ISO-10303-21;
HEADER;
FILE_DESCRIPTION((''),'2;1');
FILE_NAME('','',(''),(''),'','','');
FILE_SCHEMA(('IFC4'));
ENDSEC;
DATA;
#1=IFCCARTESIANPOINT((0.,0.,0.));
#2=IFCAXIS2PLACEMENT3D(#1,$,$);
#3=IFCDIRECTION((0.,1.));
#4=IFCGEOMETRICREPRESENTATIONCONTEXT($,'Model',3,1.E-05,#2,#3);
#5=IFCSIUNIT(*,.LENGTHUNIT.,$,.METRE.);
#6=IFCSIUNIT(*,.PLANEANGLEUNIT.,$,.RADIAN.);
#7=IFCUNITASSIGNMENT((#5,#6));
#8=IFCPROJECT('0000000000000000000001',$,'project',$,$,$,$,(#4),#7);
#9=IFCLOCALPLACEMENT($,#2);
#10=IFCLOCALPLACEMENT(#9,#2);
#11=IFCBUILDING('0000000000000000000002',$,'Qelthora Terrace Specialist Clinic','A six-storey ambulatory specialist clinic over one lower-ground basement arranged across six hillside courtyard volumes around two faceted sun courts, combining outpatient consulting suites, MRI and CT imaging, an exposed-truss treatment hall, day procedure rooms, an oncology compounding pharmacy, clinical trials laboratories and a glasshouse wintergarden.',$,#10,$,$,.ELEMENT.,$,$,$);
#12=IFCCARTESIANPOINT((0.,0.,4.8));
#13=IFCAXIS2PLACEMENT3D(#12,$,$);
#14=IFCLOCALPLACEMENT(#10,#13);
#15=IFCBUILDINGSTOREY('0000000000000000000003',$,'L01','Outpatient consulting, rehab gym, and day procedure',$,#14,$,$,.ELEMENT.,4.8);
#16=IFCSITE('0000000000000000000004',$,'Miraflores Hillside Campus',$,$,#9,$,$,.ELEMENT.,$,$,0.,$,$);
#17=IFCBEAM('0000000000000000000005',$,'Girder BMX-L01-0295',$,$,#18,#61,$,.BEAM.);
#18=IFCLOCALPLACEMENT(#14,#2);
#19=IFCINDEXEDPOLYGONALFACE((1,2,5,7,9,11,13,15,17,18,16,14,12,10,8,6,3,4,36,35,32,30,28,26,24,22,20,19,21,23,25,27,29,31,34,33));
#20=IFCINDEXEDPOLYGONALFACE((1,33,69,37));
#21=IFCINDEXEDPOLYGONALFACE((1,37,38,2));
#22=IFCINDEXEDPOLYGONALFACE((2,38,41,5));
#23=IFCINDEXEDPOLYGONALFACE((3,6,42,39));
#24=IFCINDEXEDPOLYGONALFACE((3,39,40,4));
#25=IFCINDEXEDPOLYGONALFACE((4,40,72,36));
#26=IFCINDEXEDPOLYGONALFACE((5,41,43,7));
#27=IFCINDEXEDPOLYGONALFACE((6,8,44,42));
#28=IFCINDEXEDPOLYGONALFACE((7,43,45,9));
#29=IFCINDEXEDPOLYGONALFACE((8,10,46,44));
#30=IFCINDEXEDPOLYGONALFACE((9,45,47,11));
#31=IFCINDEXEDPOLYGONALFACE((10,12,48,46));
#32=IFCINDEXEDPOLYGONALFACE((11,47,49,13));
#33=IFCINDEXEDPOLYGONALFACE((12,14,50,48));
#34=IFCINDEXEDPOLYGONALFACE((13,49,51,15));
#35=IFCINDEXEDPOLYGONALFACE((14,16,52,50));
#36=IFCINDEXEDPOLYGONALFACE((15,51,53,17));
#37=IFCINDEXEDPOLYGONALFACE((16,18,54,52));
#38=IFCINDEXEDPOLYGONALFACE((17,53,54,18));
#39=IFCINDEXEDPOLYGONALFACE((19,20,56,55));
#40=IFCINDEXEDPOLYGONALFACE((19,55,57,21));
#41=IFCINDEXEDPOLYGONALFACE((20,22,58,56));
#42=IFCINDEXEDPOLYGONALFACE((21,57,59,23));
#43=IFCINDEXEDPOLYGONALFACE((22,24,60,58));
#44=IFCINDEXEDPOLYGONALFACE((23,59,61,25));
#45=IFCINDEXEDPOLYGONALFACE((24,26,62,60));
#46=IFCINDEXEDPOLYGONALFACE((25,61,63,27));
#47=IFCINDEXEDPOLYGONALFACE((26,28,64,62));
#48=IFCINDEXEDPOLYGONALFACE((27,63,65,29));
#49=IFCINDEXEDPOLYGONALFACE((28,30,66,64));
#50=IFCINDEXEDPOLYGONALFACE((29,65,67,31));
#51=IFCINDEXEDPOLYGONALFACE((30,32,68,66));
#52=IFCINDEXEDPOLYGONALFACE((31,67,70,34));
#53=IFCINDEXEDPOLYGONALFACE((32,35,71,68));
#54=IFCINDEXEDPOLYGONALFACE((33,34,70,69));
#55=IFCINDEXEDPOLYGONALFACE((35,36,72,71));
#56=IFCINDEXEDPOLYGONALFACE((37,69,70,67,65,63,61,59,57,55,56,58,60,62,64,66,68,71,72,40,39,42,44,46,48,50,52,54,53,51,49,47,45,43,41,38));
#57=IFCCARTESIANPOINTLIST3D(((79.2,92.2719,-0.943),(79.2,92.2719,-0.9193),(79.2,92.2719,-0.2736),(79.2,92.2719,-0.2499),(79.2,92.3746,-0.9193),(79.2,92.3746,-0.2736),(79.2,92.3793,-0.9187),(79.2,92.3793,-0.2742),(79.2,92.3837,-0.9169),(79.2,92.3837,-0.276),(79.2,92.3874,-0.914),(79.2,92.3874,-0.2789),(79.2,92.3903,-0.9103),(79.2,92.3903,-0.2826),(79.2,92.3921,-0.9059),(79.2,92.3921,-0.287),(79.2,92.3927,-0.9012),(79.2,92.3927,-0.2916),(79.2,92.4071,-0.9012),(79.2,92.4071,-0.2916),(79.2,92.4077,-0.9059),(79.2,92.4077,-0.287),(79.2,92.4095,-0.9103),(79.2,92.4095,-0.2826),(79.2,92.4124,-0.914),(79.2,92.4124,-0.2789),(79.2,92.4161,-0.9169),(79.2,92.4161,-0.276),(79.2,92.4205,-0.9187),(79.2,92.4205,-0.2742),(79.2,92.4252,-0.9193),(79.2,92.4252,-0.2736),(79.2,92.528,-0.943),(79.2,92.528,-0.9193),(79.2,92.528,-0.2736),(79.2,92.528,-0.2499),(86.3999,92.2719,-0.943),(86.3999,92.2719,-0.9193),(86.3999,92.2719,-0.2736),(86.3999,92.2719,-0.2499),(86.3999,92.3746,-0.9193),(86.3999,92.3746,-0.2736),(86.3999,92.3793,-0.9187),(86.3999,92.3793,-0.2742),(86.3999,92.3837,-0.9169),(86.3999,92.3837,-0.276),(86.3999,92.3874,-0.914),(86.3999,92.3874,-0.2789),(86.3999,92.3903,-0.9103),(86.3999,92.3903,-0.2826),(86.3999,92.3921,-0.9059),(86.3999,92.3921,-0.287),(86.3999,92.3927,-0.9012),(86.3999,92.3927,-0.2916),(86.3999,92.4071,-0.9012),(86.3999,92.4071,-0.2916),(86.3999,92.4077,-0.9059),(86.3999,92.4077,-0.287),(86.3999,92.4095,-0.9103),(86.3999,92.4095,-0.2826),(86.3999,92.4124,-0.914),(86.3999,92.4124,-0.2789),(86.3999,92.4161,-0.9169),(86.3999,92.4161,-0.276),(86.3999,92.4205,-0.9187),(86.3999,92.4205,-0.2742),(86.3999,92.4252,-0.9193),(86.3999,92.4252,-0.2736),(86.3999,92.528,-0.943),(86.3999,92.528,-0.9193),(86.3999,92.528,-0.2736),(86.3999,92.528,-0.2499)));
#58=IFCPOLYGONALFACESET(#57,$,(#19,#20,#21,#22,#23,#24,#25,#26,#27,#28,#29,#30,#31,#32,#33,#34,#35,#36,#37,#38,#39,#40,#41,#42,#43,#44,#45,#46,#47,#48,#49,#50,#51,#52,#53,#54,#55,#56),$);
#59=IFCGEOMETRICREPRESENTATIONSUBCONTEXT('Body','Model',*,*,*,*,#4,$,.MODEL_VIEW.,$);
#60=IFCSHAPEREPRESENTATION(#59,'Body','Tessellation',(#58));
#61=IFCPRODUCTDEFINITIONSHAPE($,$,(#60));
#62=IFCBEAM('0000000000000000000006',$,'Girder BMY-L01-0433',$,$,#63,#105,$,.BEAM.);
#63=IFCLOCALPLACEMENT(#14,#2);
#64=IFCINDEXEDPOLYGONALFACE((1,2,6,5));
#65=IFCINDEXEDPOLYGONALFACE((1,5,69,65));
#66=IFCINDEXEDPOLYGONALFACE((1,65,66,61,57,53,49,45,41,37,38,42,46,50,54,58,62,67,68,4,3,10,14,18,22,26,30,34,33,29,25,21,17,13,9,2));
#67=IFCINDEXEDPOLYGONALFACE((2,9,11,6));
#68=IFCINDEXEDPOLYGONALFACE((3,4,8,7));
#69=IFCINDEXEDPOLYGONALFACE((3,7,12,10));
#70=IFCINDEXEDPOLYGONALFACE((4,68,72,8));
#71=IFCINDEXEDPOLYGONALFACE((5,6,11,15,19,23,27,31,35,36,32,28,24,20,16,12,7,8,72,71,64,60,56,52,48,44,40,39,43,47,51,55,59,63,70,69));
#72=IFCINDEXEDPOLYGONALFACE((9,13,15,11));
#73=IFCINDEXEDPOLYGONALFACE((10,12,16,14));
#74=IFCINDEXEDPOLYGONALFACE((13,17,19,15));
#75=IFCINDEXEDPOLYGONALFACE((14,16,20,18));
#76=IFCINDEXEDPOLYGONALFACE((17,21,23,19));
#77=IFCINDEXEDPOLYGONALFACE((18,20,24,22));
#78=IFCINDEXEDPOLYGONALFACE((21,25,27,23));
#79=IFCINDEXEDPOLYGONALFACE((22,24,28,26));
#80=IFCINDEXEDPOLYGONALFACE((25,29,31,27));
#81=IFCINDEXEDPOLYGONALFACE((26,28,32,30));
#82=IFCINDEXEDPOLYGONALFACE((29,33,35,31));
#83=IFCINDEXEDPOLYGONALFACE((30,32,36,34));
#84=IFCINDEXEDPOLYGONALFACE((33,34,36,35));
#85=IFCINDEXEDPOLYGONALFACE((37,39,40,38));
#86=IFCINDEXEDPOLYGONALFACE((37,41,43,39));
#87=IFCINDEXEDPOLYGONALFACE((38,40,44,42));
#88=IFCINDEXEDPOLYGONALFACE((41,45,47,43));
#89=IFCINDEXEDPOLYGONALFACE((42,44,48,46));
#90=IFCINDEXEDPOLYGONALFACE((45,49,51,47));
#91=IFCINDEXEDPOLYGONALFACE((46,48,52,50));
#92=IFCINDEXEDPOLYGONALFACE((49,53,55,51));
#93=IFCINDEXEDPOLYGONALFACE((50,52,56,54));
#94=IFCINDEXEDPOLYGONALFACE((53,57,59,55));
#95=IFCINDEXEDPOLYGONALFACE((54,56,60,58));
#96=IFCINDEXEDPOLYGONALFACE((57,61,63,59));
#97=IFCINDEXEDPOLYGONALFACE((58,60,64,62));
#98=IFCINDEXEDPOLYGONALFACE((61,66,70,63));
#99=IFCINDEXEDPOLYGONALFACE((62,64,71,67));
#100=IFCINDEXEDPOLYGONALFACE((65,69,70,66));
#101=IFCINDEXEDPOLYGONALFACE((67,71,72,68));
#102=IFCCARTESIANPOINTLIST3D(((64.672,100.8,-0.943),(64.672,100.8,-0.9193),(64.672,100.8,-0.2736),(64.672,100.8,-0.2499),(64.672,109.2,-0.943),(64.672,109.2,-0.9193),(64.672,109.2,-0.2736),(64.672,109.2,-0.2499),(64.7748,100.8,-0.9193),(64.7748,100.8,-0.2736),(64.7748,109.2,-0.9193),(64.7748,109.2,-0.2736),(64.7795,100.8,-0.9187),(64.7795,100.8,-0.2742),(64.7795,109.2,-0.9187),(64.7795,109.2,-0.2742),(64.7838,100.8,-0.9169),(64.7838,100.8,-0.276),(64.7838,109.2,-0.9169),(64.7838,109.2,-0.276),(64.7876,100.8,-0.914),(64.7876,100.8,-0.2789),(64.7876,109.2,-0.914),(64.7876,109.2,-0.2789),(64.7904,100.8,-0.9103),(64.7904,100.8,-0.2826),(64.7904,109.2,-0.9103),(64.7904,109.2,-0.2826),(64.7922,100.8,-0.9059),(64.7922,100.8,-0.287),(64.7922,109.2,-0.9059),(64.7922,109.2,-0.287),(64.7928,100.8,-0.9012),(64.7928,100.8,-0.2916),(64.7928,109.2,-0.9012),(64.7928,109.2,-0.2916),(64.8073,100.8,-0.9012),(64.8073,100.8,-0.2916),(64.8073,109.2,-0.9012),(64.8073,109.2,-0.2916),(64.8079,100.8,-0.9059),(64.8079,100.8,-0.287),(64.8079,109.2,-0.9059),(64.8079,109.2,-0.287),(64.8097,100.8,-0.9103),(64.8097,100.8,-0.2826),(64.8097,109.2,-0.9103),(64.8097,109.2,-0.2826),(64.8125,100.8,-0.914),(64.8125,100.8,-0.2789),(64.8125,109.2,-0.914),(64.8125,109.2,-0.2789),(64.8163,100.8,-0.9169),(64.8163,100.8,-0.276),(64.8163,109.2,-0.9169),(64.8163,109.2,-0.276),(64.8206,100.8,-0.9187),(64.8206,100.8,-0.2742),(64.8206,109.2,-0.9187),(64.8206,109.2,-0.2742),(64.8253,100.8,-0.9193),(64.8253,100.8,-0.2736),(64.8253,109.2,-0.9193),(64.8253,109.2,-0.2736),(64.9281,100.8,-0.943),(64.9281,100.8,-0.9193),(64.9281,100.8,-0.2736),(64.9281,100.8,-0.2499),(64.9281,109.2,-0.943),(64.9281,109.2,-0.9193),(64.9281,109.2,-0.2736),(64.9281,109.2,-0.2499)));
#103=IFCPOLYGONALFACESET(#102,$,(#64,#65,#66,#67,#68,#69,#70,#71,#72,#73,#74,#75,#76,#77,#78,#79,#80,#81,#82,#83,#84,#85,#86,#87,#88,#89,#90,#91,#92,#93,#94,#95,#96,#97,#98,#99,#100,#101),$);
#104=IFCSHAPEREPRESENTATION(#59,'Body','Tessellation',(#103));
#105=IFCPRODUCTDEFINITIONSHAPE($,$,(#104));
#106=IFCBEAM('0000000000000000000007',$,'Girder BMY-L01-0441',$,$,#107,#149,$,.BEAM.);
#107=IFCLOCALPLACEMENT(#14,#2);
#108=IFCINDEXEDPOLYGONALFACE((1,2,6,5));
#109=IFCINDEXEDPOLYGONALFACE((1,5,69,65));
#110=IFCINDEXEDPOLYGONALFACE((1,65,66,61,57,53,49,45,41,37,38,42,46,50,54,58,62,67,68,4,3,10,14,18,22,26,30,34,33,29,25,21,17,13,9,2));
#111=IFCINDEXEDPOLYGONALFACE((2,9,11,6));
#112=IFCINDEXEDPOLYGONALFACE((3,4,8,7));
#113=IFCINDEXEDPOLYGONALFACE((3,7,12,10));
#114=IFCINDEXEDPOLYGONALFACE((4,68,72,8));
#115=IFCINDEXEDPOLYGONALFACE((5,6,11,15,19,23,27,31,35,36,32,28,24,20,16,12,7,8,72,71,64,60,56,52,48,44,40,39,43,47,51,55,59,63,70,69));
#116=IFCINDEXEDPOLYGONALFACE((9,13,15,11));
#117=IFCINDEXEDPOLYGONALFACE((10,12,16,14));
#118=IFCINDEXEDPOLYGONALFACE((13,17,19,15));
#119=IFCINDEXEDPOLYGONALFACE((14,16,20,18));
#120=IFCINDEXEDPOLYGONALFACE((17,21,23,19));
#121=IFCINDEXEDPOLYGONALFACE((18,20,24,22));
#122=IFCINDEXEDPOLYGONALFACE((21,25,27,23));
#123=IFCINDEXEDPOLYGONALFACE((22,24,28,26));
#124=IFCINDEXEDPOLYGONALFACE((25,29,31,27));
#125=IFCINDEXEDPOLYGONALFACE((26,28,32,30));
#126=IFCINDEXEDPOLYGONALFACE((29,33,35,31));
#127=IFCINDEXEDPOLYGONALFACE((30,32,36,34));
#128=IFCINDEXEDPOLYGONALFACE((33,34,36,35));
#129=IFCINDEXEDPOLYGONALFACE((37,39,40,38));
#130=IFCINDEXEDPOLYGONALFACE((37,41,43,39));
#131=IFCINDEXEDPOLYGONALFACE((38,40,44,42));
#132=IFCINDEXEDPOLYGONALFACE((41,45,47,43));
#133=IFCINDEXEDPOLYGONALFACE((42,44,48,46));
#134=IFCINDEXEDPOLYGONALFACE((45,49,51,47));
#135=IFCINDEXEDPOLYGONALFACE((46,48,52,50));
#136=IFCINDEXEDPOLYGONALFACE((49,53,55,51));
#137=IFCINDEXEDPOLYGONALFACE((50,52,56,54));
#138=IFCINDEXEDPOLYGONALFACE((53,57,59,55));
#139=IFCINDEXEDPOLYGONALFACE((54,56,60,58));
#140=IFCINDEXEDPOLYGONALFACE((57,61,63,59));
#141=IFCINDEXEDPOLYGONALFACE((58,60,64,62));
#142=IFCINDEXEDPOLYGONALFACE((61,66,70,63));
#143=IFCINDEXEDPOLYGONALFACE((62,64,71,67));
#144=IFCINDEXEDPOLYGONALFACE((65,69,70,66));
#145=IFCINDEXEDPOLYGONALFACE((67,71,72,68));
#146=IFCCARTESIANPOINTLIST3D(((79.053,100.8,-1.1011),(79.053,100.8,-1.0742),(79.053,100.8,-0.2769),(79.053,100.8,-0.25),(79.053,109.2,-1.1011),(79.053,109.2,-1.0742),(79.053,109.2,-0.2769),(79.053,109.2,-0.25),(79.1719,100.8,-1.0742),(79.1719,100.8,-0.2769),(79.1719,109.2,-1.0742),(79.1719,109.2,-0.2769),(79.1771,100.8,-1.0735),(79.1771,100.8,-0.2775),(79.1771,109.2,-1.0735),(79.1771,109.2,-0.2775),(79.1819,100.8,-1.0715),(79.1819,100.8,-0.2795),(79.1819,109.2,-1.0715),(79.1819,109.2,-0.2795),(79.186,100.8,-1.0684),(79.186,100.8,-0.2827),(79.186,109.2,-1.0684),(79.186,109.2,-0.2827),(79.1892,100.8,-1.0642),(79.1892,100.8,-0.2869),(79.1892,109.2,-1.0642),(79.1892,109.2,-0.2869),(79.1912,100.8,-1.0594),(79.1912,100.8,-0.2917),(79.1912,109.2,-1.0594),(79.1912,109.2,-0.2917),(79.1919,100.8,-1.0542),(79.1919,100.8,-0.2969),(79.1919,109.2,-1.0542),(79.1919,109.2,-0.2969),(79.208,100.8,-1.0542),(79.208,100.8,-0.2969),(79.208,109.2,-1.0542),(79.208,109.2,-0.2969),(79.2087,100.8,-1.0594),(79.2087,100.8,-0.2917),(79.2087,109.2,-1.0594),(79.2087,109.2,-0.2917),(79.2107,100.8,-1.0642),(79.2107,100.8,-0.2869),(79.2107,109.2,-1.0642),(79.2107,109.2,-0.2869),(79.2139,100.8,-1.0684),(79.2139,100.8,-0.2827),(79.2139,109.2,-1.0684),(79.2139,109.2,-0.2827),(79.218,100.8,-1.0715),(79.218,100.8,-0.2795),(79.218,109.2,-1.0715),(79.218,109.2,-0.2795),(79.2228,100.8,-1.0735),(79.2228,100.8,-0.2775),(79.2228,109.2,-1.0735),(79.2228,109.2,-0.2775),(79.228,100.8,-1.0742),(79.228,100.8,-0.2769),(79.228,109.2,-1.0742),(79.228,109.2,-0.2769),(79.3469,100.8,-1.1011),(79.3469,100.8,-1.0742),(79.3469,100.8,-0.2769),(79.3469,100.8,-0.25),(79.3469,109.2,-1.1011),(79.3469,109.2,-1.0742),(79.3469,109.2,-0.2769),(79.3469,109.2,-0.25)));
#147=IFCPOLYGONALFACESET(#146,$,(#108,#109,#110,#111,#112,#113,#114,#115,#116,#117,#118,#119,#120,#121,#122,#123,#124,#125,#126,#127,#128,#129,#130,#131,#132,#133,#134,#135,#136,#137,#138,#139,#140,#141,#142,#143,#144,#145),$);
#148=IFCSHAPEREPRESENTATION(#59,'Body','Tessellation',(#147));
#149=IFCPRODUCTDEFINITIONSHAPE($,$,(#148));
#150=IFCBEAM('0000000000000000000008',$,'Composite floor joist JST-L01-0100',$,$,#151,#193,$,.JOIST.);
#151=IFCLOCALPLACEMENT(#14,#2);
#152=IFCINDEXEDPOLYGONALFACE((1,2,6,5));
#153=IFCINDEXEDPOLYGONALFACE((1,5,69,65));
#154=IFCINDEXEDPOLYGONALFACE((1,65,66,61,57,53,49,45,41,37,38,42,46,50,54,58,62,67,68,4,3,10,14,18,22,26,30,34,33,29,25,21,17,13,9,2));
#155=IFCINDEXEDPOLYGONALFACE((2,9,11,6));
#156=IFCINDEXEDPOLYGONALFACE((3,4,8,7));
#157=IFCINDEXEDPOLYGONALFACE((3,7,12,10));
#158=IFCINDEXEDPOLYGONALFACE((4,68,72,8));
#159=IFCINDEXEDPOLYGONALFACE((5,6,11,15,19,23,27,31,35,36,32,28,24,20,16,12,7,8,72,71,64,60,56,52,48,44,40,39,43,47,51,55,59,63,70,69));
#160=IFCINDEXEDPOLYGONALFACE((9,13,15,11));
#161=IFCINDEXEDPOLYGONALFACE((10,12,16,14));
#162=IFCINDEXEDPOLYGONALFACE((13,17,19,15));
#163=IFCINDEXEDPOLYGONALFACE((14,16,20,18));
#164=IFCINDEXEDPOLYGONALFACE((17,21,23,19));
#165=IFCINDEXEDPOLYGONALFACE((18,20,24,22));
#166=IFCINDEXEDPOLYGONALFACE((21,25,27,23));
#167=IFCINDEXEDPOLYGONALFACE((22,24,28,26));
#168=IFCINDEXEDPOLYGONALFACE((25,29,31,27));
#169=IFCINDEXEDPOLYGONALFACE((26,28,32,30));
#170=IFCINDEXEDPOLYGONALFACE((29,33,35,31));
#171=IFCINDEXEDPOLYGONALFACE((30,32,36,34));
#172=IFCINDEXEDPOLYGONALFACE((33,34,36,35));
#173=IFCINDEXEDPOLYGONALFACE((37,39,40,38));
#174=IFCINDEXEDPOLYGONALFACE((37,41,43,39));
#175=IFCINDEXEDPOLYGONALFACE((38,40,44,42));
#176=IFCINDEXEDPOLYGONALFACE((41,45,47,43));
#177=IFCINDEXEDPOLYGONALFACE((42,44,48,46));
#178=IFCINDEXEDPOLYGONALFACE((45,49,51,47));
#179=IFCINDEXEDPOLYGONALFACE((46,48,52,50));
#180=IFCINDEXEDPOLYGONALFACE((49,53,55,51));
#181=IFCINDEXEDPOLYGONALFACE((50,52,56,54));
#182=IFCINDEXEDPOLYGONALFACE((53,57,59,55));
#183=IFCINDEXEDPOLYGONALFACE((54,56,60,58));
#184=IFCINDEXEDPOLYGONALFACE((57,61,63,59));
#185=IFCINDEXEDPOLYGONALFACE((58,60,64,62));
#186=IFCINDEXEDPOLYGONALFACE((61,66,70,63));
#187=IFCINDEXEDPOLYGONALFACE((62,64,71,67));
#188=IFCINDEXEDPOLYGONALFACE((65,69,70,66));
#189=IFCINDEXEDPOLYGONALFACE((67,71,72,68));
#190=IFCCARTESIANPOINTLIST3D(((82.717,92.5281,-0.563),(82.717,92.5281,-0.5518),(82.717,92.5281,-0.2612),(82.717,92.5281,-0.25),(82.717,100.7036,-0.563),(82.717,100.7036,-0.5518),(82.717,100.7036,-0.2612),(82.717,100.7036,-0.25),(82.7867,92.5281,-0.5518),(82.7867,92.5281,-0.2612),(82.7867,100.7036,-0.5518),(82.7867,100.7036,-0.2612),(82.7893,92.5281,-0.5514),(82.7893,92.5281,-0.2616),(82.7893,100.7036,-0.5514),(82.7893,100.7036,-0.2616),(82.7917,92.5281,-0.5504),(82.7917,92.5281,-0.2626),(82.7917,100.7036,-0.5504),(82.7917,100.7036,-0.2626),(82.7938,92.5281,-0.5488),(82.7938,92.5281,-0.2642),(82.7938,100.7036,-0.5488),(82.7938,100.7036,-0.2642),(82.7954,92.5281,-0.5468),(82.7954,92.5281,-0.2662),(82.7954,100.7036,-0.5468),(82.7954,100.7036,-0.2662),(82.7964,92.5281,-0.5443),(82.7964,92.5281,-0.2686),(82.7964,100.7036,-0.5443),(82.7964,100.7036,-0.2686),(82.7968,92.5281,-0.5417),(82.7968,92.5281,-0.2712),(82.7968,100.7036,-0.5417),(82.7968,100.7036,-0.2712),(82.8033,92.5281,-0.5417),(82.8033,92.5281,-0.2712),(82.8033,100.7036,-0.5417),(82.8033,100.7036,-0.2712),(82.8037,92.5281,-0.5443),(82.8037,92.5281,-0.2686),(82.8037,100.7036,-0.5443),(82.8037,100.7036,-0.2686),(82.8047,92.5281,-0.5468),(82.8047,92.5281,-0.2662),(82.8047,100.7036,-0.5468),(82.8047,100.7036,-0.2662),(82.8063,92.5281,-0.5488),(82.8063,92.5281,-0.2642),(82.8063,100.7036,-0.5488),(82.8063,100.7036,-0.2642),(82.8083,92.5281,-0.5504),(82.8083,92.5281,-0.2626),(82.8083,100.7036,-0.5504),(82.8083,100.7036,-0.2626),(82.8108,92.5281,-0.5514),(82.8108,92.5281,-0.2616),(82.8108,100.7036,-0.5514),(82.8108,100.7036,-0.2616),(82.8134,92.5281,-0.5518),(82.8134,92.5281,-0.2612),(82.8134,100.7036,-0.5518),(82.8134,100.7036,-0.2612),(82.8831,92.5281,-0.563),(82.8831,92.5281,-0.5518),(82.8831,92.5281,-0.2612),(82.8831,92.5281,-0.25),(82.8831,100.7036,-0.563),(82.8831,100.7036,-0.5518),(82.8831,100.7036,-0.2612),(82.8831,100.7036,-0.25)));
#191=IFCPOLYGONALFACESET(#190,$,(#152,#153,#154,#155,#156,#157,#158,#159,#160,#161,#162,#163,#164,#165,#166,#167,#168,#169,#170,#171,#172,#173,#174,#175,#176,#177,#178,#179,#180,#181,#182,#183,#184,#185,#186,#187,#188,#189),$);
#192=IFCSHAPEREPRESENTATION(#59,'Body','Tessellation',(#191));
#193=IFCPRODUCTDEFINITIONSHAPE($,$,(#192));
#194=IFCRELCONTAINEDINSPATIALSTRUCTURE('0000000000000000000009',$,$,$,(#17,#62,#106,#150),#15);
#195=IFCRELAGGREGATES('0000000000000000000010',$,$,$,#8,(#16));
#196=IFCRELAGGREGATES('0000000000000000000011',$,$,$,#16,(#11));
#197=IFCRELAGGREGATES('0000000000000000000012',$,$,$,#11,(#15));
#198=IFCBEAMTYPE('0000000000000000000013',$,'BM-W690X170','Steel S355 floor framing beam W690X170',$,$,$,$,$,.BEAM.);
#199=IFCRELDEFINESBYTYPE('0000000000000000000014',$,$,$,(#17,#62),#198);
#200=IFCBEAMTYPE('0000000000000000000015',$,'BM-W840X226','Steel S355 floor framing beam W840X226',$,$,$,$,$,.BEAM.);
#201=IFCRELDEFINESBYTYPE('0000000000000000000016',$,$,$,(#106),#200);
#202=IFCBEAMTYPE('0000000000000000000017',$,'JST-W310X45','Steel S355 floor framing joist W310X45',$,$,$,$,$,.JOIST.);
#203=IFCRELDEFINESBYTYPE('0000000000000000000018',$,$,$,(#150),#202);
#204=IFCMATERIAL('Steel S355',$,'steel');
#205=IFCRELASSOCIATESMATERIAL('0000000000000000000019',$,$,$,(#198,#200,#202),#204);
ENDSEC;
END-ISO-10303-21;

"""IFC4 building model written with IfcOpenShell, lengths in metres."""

from ifc_helpers import new_model, si_unit, direction, frame, origin, origin_2d, place, context, subcontext, project, spatial, i_section, extrude, material, material_profile, profile_set, type_object, element, save


model = new_model("IFC4")

# Units and contexts
model_context = context("Model", 3, precision=1e-05, world=origin(), true_north=direction((0.0, 1.0)))
body_context = subcontext(model_context, "Body", "Model", "MODEL_VIEW")
ifc_project = project(units=[si_unit("LENGTHUNIT", "METRE"), si_unit("PLANEANGLEUNIT", "RADIAN")], contexts=[model_context])

# Site, building, storey
site_placement = place(None, origin())
site = spatial("IfcSite", under=ifc_project, at=site_placement, Name="Miraflores Hillside Campus", CompositionType="ELEMENT", RefElevation=0.0)
building_placement = place(site_placement, origin())
building = spatial("IfcBuilding", under=site, at=building_placement, Name="Qelthora Terrace Specialist Clinic", Description="A six-storey ambulatory specialist clinic over one lower-ground basement arranged across six hillside courtyard volumes around two faceted sun courts, combining outpatient consulting suites, MRI and CT imaging, an exposed-truss treatment hall, day procedure rooms, an oncology compounding pharmacy, clinical trials laboratories and a glasshouse wintergarden.", CompositionType="ELEMENT")
storey_placement = place(building_placement, frame((0.0, 0.0, 4.8)))
storey = spatial("IfcBuildingStorey", under=building, at=storey_placement, Name="L01", Description="Outpatient consulting, rehab gym, and day procedure", CompositionType="ELEMENT", Elevation=4.8)

# Shared definitions
ifc_material_1 = material(Name="Steel S355", Category="steel")

# Beams
ifc_material_profile_1 = material_profile(ifc_material_1, i_section(OverallWidth=0.2561, OverallDepth=0.6931, WebThickness=0.0144, FlangeThickness=0.0237, FilletRadius=0.0181, at=origin_2d()), Name="W690X170")
ifc_profile_set_1 = profile_set([ifc_material_profile_1], Name="Steel S355")
beam_type_1 = type_object("IfcBeamType", Name="BM-W690X170", Description="Steel S355 floor framing beam W690X170", PredefinedType="BEAM", material=ifc_profile_set_1)
beam_1_placement = place(storey_placement, frame((79.2, 92.3999, -0.5964), z_axis=(1.0, 0.0, 0.0), x_axis=(0.0, 1.0, 0.0)))
element("IfcBeam", 1, at=beam_1_placement, inside=storey, type_object=beam_type_1, Name="Girder BMX-L01-0295", PredefinedType="BEAM", context=body_context, shape_type="SweptSolid", body=[
    extrude(i_section(OverallWidth=0.2561, OverallDepth=0.6931, WebThickness=0.0144, FlangeThickness=0.0237, FilletRadius=0.0181, at=origin_2d()), origin(), (0.0, 0.0, 1.0), 7.2),
])
beam_2_placement = place(storey_placement, frame((64.8, 100.8, -0.5964), z_axis=(0.0, 1.0, 0.0), x_axis=(-1.0, 0.0, 0.0)))
element("IfcBeam", 2, at=beam_2_placement, inside=storey, type_object=beam_type_1, Name="Girder BMY-L01-0433", PredefinedType="BEAM", context=body_context, shape_type="SweptSolid", body=[
    extrude(i_section(OverallWidth=0.2561, OverallDepth=0.6931, WebThickness=0.0144, FlangeThickness=0.0237, FilletRadius=0.0181, at=origin_2d()), origin(), (0.0, 0.0, 1.0), 8.3999),
])
ifc_material_profile_2 = material_profile(ifc_material_1, i_section(OverallWidth=0.2939, OverallDepth=0.8511, WebThickness=0.0161, FlangeThickness=0.0269, FilletRadius=0.02, at=origin_2d()), Name="W840X226")
ifc_profile_set_2 = profile_set([ifc_material_profile_2], Name="Steel S355")
beam_type_2 = type_object("IfcBeamType", Name="BM-W840X226", Description="Steel S355 floor framing beam W840X226", PredefinedType="BEAM", material=ifc_profile_set_2)
beam_3_placement = place(storey_placement, frame((79.2, 100.8, -0.6755), z_axis=(0.0, 1.0, 0.0), x_axis=(-1.0, 0.0, 0.0)))
element("IfcBeam", 3, at=beam_3_placement, inside=storey, type_object=beam_type_2, Name="Girder BMY-L01-0441", PredefinedType="BEAM", context=body_context, shape_type="SweptSolid", body=[
    extrude(i_section(OverallWidth=0.2939, OverallDepth=0.8511, WebThickness=0.0161, FlangeThickness=0.0269, FilletRadius=0.02, at=origin_2d()), origin(), (0.0, 0.0, 1.0), 8.3999),
])
ifc_material_profile_3 = material_profile(ifc_material_1, i_section(OverallWidth=0.166, OverallDepth=0.313, WebThickness=0.0066, FlangeThickness=0.0112, FilletRadius=0.01, at=origin_2d()), Name="W310X45")
ifc_profile_set_3 = profile_set([ifc_material_profile_3], Name="Steel S355")
beam_type_3 = type_object("IfcBeamType", Name="JST-W310X45", Description="Steel S355 floor framing joist W310X45", PredefinedType="JOIST", material=ifc_profile_set_3)
beam_4_placement = place(storey_placement, frame((82.8, 92.5281, -0.4065), z_axis=(0.0, 1.0, 0.0), x_axis=(-1.0, 0.0, 0.0)))
element("IfcBeam", 4, at=beam_4_placement, inside=storey, type_object=beam_type_3, Name="Composite floor joist JST-L01-0100", PredefinedType="JOIST", context=body_context, shape_type="SweptSolid", body=[
    extrude(i_section(OverallWidth=0.166, OverallDepth=0.313, WebThickness=0.0066, FlangeThickness=0.0112, FilletRadius=0.01, at=origin_2d()), origin(), (0.0, 0.0, 1.0), 8.1755),
])

save(model, "model.ifc")
